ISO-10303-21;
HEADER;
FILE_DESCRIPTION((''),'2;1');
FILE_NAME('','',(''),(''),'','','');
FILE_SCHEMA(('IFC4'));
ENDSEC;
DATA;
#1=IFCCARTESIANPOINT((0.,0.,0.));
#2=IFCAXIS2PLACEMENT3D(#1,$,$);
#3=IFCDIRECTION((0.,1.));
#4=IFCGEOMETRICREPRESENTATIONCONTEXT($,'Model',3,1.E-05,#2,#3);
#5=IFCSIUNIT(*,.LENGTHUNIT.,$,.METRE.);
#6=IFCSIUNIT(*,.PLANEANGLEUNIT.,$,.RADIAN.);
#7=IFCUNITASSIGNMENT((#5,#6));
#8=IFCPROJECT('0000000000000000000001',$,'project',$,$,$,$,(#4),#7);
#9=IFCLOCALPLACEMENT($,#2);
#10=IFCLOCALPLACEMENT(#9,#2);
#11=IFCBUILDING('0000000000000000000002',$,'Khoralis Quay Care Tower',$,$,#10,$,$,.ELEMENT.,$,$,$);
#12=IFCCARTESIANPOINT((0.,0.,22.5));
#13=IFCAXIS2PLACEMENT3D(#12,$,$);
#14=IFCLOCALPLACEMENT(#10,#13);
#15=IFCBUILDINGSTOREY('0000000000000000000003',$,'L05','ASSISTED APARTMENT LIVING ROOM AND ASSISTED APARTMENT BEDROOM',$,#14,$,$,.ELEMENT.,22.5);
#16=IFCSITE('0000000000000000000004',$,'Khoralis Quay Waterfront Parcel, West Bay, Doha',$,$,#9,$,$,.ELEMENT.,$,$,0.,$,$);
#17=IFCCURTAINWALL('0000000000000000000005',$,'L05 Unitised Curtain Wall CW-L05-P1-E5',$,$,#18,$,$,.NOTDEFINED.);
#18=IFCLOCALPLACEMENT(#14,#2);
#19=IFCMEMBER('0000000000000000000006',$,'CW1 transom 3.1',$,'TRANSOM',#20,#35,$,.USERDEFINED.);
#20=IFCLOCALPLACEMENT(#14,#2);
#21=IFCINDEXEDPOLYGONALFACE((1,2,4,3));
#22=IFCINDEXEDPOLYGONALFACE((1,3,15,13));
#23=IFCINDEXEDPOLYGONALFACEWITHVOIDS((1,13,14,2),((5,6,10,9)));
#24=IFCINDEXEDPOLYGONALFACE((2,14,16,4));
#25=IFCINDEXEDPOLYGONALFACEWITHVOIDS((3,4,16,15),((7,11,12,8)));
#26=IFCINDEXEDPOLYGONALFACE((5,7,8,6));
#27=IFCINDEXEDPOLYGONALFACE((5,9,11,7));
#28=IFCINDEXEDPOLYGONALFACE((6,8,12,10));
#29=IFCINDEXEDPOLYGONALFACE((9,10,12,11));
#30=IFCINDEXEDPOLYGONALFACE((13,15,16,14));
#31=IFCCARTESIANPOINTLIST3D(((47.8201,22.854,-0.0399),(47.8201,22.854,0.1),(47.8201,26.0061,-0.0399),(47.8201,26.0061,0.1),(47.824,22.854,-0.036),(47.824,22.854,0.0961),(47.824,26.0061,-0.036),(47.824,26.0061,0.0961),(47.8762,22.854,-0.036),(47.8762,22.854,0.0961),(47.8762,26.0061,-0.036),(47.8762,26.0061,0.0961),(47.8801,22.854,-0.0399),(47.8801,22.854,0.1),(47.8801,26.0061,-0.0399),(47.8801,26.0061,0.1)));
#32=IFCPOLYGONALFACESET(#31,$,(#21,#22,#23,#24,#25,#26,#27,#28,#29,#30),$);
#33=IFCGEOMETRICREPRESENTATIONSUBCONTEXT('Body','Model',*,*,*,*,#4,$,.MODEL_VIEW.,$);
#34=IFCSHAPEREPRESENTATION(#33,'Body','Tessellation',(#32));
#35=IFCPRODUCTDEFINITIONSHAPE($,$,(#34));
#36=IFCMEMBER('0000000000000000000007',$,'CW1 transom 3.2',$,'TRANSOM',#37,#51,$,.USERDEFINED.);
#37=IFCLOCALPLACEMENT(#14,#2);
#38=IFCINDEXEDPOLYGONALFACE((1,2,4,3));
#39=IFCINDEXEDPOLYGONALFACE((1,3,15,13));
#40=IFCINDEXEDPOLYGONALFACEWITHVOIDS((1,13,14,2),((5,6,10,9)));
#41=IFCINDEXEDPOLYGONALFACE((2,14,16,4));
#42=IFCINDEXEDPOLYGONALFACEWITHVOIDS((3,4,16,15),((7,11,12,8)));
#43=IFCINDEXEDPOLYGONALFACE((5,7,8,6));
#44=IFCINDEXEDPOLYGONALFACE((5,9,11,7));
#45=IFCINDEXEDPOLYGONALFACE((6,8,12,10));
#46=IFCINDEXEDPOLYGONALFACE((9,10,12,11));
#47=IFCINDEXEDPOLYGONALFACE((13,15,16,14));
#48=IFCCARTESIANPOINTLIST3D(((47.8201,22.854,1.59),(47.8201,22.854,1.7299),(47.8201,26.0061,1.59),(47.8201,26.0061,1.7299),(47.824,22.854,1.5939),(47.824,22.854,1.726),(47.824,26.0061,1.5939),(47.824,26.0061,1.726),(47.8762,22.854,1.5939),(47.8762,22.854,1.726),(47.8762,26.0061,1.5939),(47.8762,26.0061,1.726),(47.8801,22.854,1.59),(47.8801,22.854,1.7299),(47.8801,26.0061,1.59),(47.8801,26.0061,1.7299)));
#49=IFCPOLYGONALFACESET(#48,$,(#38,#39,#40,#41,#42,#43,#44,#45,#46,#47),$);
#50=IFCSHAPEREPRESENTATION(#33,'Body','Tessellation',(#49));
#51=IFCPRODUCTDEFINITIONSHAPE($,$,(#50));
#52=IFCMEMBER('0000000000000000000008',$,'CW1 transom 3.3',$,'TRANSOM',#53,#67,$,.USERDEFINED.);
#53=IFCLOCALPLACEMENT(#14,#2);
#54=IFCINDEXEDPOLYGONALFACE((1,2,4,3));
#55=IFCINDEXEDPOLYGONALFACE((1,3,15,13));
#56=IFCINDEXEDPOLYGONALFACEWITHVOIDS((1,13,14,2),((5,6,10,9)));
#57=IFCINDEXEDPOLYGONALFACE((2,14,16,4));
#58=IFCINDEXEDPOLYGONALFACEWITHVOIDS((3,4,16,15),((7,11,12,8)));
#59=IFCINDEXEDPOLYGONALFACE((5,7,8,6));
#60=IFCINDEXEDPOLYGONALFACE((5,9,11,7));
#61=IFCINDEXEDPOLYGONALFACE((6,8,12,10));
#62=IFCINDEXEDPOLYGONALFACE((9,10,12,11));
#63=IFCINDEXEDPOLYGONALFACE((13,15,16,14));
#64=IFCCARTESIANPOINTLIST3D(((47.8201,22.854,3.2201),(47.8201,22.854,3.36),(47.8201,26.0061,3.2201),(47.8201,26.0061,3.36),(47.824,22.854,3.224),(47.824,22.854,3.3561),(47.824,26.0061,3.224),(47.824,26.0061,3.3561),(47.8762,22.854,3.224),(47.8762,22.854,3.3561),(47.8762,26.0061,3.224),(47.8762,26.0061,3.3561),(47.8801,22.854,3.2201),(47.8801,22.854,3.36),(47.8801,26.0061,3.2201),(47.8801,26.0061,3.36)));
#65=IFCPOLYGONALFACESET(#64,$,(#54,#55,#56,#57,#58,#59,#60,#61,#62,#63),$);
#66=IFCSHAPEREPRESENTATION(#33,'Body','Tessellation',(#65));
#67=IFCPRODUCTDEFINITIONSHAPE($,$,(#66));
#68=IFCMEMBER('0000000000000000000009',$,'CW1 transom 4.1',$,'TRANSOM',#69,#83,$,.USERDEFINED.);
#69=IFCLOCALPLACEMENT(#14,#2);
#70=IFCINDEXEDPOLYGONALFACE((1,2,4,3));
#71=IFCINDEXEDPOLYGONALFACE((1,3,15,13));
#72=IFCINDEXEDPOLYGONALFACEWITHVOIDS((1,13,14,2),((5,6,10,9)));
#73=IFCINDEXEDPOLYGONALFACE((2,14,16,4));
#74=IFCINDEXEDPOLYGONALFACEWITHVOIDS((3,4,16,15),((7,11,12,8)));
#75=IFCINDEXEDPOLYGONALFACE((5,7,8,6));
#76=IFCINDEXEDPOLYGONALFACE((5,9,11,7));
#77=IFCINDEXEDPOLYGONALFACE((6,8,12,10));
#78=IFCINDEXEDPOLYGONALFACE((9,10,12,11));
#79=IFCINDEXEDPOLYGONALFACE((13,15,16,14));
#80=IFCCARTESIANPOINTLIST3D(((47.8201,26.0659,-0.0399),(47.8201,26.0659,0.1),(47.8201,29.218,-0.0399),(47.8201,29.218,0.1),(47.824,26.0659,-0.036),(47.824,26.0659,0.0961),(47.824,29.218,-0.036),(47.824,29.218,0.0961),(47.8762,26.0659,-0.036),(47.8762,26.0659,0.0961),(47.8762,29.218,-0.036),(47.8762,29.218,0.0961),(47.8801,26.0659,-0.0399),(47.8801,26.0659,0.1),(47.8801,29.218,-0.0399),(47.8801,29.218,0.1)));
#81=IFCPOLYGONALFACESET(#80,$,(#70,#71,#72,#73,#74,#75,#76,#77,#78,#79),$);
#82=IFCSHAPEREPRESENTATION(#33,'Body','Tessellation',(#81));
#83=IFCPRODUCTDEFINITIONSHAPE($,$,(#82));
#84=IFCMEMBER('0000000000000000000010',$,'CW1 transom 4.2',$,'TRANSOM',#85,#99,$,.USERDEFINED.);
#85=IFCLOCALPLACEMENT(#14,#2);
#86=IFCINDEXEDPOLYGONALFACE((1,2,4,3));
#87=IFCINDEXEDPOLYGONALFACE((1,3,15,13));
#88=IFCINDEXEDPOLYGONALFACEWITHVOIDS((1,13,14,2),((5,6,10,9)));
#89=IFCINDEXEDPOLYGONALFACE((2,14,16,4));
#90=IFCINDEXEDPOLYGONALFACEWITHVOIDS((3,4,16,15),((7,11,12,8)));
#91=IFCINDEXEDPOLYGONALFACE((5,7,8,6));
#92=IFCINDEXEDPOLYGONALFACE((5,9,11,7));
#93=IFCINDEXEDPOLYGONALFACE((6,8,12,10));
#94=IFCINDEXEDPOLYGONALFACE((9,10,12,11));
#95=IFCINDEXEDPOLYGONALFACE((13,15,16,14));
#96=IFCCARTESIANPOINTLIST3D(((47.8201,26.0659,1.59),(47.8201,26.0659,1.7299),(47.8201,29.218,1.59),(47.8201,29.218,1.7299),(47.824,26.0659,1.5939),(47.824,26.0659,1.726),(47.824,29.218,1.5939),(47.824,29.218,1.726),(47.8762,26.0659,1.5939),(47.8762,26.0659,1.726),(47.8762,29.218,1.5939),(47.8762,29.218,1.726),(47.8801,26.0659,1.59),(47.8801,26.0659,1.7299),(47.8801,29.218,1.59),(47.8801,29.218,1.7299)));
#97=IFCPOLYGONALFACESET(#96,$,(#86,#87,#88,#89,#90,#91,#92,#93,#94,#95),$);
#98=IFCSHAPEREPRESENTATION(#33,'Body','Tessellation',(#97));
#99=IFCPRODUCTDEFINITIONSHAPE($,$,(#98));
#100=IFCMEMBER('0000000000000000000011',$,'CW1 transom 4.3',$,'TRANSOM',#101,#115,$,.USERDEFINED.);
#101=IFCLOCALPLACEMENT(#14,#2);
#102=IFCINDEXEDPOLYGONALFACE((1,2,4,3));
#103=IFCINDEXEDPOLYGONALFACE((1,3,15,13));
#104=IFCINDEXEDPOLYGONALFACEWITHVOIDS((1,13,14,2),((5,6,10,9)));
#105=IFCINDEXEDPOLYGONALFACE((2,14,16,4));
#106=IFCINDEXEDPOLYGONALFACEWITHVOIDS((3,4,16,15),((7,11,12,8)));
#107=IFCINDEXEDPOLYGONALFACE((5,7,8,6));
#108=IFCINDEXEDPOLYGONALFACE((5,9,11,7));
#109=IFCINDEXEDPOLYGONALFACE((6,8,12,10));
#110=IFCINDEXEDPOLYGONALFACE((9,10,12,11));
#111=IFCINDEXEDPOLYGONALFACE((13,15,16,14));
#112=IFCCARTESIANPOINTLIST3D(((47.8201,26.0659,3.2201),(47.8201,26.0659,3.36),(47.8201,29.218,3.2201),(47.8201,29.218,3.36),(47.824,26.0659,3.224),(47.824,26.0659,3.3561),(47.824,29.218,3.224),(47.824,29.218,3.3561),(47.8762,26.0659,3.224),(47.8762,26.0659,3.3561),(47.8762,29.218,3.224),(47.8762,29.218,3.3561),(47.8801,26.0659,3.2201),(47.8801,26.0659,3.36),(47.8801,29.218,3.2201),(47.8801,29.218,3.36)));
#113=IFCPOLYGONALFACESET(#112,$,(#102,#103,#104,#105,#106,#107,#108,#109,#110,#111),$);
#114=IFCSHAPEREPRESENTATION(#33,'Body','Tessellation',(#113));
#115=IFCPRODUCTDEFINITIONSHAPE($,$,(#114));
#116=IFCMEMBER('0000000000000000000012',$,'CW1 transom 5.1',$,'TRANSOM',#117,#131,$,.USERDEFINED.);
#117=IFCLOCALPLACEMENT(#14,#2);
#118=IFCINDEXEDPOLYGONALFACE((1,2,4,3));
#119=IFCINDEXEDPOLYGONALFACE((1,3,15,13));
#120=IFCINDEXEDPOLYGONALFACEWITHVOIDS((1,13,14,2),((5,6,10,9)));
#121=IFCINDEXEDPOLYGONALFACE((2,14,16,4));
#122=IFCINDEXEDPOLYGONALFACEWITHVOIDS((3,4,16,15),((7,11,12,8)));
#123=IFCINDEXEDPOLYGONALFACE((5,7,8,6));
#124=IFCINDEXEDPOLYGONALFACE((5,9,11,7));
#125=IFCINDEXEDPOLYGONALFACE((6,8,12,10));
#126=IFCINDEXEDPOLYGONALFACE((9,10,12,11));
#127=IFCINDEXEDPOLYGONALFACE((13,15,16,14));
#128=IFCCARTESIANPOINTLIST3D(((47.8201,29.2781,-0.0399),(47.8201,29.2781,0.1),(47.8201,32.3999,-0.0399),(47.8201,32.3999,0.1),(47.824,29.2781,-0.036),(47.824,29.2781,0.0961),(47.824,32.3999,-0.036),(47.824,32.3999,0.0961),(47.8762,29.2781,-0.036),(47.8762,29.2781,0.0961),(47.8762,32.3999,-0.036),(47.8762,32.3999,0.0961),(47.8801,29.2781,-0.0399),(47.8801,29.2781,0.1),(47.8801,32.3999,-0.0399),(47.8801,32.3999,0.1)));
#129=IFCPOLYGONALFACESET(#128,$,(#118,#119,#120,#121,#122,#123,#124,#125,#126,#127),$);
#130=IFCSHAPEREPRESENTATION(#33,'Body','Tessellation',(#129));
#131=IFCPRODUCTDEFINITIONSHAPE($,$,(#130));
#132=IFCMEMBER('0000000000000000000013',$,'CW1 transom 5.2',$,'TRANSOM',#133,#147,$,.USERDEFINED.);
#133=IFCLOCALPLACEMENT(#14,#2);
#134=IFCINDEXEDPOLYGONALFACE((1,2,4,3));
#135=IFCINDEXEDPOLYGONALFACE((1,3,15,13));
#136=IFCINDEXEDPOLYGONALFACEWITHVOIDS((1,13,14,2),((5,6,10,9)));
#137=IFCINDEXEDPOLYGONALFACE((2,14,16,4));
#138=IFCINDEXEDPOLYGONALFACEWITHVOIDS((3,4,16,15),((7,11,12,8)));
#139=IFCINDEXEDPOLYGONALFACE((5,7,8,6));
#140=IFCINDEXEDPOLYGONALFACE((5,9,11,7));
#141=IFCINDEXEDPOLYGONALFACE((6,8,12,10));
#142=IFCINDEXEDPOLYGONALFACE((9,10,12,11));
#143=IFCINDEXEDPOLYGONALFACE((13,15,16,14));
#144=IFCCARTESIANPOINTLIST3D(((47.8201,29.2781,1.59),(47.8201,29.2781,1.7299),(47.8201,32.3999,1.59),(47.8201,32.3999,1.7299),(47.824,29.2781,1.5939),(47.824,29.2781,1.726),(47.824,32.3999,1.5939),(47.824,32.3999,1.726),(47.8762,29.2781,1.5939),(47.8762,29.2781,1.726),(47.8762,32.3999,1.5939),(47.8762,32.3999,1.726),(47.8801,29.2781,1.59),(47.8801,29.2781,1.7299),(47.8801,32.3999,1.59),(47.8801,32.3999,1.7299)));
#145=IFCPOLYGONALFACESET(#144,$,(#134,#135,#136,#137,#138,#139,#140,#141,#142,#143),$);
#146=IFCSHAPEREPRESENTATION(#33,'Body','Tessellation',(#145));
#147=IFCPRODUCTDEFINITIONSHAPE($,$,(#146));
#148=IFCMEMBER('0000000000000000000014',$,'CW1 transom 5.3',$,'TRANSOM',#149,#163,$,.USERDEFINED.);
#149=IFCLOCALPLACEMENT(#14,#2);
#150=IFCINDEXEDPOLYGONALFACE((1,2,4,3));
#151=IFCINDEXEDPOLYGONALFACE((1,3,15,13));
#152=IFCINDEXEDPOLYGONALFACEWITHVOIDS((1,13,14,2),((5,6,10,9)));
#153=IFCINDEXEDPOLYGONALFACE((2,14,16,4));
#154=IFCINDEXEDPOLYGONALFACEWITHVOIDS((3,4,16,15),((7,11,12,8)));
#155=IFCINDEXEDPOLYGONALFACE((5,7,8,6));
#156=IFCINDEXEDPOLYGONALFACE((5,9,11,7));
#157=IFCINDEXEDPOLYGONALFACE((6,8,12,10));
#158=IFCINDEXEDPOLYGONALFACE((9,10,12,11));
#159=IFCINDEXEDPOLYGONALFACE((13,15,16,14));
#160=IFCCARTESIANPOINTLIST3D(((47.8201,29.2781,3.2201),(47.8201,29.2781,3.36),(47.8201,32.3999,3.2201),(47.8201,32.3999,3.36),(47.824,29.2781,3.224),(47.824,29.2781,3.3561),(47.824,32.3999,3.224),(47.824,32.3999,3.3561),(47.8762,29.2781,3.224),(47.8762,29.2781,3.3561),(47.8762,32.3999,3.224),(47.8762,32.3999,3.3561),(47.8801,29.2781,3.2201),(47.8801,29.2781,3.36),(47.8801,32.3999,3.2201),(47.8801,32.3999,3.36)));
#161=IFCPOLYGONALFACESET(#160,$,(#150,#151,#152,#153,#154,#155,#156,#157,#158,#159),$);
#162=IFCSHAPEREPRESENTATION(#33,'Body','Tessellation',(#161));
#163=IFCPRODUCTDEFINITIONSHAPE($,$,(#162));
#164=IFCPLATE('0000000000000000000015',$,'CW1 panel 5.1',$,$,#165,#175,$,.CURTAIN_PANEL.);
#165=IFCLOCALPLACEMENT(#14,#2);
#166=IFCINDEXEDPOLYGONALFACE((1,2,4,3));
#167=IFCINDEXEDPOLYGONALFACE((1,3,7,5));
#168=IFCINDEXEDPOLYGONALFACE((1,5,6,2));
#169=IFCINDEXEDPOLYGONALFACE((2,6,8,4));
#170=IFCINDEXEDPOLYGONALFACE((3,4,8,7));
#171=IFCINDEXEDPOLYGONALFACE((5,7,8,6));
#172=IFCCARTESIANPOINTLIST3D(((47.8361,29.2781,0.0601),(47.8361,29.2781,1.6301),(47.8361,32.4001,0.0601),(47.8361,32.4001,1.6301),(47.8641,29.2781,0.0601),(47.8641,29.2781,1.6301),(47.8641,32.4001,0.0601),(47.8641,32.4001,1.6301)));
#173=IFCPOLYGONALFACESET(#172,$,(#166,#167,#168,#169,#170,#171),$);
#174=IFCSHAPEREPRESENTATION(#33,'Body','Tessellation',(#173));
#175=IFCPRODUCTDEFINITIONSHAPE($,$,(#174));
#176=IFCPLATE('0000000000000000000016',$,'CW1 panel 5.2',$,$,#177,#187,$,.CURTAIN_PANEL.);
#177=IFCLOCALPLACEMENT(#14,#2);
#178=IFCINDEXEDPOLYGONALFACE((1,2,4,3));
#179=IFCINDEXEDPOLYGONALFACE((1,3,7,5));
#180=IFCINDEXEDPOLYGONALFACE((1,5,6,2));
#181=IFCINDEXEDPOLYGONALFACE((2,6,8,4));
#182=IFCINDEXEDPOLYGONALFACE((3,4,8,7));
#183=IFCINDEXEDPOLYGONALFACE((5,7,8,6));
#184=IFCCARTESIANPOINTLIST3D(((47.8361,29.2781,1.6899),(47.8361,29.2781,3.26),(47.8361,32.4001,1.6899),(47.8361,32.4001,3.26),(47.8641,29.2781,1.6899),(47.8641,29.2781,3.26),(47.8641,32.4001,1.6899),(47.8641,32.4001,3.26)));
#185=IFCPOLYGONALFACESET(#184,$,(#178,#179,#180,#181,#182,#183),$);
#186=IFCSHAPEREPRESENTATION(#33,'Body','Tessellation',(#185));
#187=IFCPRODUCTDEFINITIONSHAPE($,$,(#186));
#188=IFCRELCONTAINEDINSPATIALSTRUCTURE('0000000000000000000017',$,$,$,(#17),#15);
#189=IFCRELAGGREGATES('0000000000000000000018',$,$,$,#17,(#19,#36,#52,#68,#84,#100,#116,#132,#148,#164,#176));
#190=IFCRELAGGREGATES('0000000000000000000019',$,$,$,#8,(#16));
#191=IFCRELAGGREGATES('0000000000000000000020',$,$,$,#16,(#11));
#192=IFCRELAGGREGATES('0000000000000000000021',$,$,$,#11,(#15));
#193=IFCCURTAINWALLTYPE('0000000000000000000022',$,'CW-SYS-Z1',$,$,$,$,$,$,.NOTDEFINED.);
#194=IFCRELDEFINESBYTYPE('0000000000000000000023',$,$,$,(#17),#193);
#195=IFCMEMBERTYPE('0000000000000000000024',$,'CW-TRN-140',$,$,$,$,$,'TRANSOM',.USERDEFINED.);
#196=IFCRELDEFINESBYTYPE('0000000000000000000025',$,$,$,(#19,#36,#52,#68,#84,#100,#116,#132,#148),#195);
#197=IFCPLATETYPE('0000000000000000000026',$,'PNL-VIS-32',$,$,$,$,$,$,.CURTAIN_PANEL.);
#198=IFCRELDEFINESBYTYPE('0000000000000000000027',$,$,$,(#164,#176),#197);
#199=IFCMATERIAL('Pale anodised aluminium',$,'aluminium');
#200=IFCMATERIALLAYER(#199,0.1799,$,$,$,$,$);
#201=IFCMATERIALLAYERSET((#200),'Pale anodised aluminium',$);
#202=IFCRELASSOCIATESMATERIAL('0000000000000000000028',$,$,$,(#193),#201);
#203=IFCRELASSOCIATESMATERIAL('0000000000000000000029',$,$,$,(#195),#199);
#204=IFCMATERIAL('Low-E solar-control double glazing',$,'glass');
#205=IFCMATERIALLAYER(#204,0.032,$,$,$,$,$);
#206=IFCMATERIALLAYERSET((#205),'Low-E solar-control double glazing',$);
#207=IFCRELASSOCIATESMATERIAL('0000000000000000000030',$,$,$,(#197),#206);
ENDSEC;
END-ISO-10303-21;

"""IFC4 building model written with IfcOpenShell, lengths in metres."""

from ifc_helpers import new_model, si_unit, direction, frame, origin, origin_2d, place, context, subcontext, project, spatial, rectangle, hollow_rectangle, extrude, source, transform, mapped, material, layer, layer_set, material_profile, profile_set, type_object, element, aggregate, save


model = new_model("IFC4")

# Units and contexts
model_context = context("Model", 3, precision=1e-05, world=origin(), true_north=direction((0.0, 1.0)))
body_context = subcontext(model_context, "Body", "Model", "MODEL_VIEW")
ifc_project = project(units=[si_unit("LENGTHUNIT", "METRE"), si_unit("PLANEANGLEUNIT", "RADIAN")], contexts=[model_context])

# Site, building, storey
site_placement = place(None, origin())
site = spatial("IfcSite", under=ifc_project, at=site_placement, Name="Khoralis Quay Waterfront Parcel, West Bay, Doha", CompositionType="ELEMENT", RefElevation=0.0)
building_placement = place(site_placement, origin())
building = spatial("IfcBuilding", under=site, at=building_placement, Name="Khoralis Quay Care Tower", CompositionType="ELEMENT")
storey_placement = place(building_placement, frame((0.0, 0.0, 22.5)))
storey = spatial("IfcBuildingStorey", under=building, at=storey_placement, Name="L05", Description="ASSISTED APARTMENT LIVING ROOM AND ASSISTED APARTMENT BEDROOM", CompositionType="ELEMENT", Elevation=22.5)

# Curtain wall, members, plates
ifc_material_1 = material(Name="Pale anodised aluminium", Category="aluminium")
ifc_layer_1 = layer(ifc_material_1, 0.1799)
ifc_layer_set_1 = layer_set([ifc_layer_1], Name="Pale anodised aluminium")
curtain_wall_type = type_object("IfcCurtainWallType", Name="CW-SYS-Z1", PredefinedType="NOTDEFINED", material=ifc_layer_set_1)
curtain_wall_placement = place(storey_placement, origin())
curtain_wall = element("IfcCurtainWall", 1, at=curtain_wall_placement, inside=storey, type_object=curtain_wall_type, Name="L05 Unitised Curtain Wall CW-L05-P1-E5", PredefinedType="NOTDEFINED")
ifc_material_profile = material_profile(ifc_material_1, hollow_rectangle(XDim=0.0601, YDim=0.1399, WallThickness=0.0039, at=origin_2d()), Name="Pale anodised aluminium")
ifc_profile_set = profile_set([ifc_material_profile], Name="Pale anodised aluminium")
member_type = type_object("IfcMemberType", Name="CW-TRN-140", ElementType="TRANSOM", PredefinedType="USERDEFINED", material=ifc_profile_set)
shared_shape_1 = source(origin(), body_context, "Body", "SweptSolid", [
    extrude(hollow_rectangle(XDim=0.0601, YDim=0.1399, WallThickness=0.0039, at=origin_2d()), origin(), (0.0, 0.0, 1.0), 3.1521),
])
member_1_placement = place(storey_placement, frame((47.8501, 22.854, 0.03), z_axis=(0.0, 1.0, 0.0), x_axis=(-1.0, 0.0, 0.0)))
member_1 = element("IfcMember", 2, at=member_1_placement, type_object=member_type, Name="CW1 transom 3.1", ObjectType="TRANSOM", PredefinedType="USERDEFINED", context=body_context, shape_type="MappedRepresentation", body=[
    mapped(shared_shape_1, transform((0.0, 0.0, 0.0), scale=1.0)),
])
member_2_placement = place(storey_placement, frame((47.8501, 22.854, 1.6599), z_axis=(0.0, 1.0, 0.0), x_axis=(-1.0, 0.0, 0.0)))
member_2 = element("IfcMember", 3, at=member_2_placement, type_object=member_type, Name="CW1 transom 3.2", ObjectType="TRANSOM", PredefinedType="USERDEFINED", context=body_context, shape_type="MappedRepresentation", body=[
    mapped(shared_shape_1, transform((0.0, 0.0, 0.0), scale=1.0)),
])
member_3_placement = place(storey_placement, frame((47.8501, 22.854, 3.29), z_axis=(0.0, 1.0, 0.0), x_axis=(-1.0, 0.0, 0.0)))
member_3 = element("IfcMember", 4, at=member_3_placement, type_object=member_type, Name="CW1 transom 3.3", ObjectType="TRANSOM", PredefinedType="USERDEFINED", context=body_context, shape_type="MappedRepresentation", body=[
    mapped(shared_shape_1, transform((0.0, 0.0, 0.0), scale=1.0)),
])
member_4_placement = place(storey_placement, frame((47.8501, 26.0659, 0.03), z_axis=(0.0, 1.0, 0.0), x_axis=(-1.0, 0.0, 0.0)))
member_4 = element("IfcMember", 5, at=member_4_placement, type_object=member_type, Name="CW1 transom 4.1", ObjectType="TRANSOM", PredefinedType="USERDEFINED", context=body_context, shape_type="MappedRepresentation", body=[
    mapped(shared_shape_1, transform((0.0, 0.0, 0.0), scale=1.0)),
])
member_5_placement = place(storey_placement, frame((47.8501, 26.0659, 1.6599), z_axis=(0.0, 1.0, 0.0), x_axis=(-1.0, 0.0, 0.0)))
member_5 = element("IfcMember", 6, at=member_5_placement, type_object=member_type, Name="CW1 transom 4.2", ObjectType="TRANSOM", PredefinedType="USERDEFINED", context=body_context, shape_type="MappedRepresentation", body=[
    mapped(shared_shape_1, transform((0.0, 0.0, 0.0), scale=1.0)),
])
member_6_placement = place(storey_placement, frame((47.8501, 26.0659, 3.29), z_axis=(0.0, 1.0, 0.0), x_axis=(-1.0, 0.0, 0.0)))
member_6 = element("IfcMember", 7, at=member_6_placement, type_object=member_type, Name="CW1 transom 4.3", ObjectType="TRANSOM", PredefinedType="USERDEFINED", context=body_context, shape_type="MappedRepresentation", body=[
    mapped(shared_shape_1, transform((0.0, 0.0, 0.0), scale=1.0)),
])
shared_shape_2 = source(origin(), body_context, "Body", "SweptSolid", [
    extrude(hollow_rectangle(XDim=0.0601, YDim=0.1399, WallThickness=0.0039, at=origin_2d()), origin(), (0.0, 0.0, 1.0), 3.1218),
])
member_7_placement = place(storey_placement, frame((47.8501, 29.2781, 0.03), z_axis=(0.0, 1.0, 0.0), x_axis=(-1.0, 0.0, 0.0)))
member_7 = element("IfcMember", 8, at=member_7_placement, type_object=member_type, Name="CW1 transom 5.1", ObjectType="TRANSOM", PredefinedType="USERDEFINED", context=body_context, shape_type="MappedRepresentation", body=[
    mapped(shared_shape_2, transform((0.0, 0.0, 0.0), scale=1.0)),
])
member_8_placement = place(storey_placement, frame((47.8501, 29.2781, 1.6599), z_axis=(0.0, 1.0, 0.0), x_axis=(-1.0, 0.0, 0.0)))
member_8 = element("IfcMember", 9, at=member_8_placement, type_object=member_type, Name="CW1 transom 5.2", ObjectType="TRANSOM", PredefinedType="USERDEFINED", context=body_context, shape_type="MappedRepresentation", body=[
    mapped(shared_shape_2, transform((0.0, 0.0, 0.0), scale=1.0)),
])
member_9_placement = place(storey_placement, frame((47.8501, 29.2781, 3.29), z_axis=(0.0, 1.0, 0.0), x_axis=(-1.0, 0.0, 0.0)))
member_9 = element("IfcMember", 10, at=member_9_placement, type_object=member_type, Name="CW1 transom 5.3", ObjectType="TRANSOM", PredefinedType="USERDEFINED", context=body_context, shape_type="MappedRepresentation", body=[
    mapped(shared_shape_2, transform((0.0, 0.0, 0.0), scale=1.0)),
])
ifc_material_2 = material(Name="Low-E solar-control double glazing", Category="glass")
ifc_layer_2 = layer(ifc_material_2, 0.032)
ifc_layer_set_2 = layer_set([ifc_layer_2], Name="Low-E solar-control double glazing")
plate_type = type_object("IfcPlateType", Name="PNL-VIS-32", PredefinedType="CURTAIN_PANEL", material=ifc_layer_set_2)
shared_shape_3 = source(origin(), body_context, "Body", "SweptSolid", [
    extrude(rectangle(XDim=3.1221, YDim=0.0281, at=origin_2d()), origin(), (0.0, 0.0, 1.0), 1.5701),
])
plate_1_placement = place(storey_placement, frame((47.8501, 30.8391, 0.0601), z_axis=(0.0, 0.0, 1.0), x_axis=(0.0, 1.0, 0.0)))
plate_1 = element("IfcPlate", 11, at=plate_1_placement, type_object=plate_type, Name="CW1 panel 5.1", PredefinedType="CURTAIN_PANEL", context=body_context, shape_type="MappedRepresentation", body=[
    mapped(shared_shape_3, transform((0.0, 0.0, 0.0), scale=1.0)),
])
plate_2_placement = place(storey_placement, frame((47.8501, 30.8391, 1.6899), z_axis=(0.0, 0.0, 1.0), x_axis=(0.0, 1.0, 0.0)))
plate_2 = element("IfcPlate", 12, at=plate_2_placement, type_object=plate_type, Name="CW1 panel 5.2", PredefinedType="CURTAIN_PANEL", context=body_context, shape_type="MappedRepresentation", body=[
    mapped(shared_shape_3, transform((0.0, 0.0, 0.0), scale=1.0)),
])
aggregate(curtain_wall, [member_1, member_2, member_3, member_4, member_5, member_6, member_7, member_8, member_9, plate_1, plate_2])

save(model, "model.ifc")
